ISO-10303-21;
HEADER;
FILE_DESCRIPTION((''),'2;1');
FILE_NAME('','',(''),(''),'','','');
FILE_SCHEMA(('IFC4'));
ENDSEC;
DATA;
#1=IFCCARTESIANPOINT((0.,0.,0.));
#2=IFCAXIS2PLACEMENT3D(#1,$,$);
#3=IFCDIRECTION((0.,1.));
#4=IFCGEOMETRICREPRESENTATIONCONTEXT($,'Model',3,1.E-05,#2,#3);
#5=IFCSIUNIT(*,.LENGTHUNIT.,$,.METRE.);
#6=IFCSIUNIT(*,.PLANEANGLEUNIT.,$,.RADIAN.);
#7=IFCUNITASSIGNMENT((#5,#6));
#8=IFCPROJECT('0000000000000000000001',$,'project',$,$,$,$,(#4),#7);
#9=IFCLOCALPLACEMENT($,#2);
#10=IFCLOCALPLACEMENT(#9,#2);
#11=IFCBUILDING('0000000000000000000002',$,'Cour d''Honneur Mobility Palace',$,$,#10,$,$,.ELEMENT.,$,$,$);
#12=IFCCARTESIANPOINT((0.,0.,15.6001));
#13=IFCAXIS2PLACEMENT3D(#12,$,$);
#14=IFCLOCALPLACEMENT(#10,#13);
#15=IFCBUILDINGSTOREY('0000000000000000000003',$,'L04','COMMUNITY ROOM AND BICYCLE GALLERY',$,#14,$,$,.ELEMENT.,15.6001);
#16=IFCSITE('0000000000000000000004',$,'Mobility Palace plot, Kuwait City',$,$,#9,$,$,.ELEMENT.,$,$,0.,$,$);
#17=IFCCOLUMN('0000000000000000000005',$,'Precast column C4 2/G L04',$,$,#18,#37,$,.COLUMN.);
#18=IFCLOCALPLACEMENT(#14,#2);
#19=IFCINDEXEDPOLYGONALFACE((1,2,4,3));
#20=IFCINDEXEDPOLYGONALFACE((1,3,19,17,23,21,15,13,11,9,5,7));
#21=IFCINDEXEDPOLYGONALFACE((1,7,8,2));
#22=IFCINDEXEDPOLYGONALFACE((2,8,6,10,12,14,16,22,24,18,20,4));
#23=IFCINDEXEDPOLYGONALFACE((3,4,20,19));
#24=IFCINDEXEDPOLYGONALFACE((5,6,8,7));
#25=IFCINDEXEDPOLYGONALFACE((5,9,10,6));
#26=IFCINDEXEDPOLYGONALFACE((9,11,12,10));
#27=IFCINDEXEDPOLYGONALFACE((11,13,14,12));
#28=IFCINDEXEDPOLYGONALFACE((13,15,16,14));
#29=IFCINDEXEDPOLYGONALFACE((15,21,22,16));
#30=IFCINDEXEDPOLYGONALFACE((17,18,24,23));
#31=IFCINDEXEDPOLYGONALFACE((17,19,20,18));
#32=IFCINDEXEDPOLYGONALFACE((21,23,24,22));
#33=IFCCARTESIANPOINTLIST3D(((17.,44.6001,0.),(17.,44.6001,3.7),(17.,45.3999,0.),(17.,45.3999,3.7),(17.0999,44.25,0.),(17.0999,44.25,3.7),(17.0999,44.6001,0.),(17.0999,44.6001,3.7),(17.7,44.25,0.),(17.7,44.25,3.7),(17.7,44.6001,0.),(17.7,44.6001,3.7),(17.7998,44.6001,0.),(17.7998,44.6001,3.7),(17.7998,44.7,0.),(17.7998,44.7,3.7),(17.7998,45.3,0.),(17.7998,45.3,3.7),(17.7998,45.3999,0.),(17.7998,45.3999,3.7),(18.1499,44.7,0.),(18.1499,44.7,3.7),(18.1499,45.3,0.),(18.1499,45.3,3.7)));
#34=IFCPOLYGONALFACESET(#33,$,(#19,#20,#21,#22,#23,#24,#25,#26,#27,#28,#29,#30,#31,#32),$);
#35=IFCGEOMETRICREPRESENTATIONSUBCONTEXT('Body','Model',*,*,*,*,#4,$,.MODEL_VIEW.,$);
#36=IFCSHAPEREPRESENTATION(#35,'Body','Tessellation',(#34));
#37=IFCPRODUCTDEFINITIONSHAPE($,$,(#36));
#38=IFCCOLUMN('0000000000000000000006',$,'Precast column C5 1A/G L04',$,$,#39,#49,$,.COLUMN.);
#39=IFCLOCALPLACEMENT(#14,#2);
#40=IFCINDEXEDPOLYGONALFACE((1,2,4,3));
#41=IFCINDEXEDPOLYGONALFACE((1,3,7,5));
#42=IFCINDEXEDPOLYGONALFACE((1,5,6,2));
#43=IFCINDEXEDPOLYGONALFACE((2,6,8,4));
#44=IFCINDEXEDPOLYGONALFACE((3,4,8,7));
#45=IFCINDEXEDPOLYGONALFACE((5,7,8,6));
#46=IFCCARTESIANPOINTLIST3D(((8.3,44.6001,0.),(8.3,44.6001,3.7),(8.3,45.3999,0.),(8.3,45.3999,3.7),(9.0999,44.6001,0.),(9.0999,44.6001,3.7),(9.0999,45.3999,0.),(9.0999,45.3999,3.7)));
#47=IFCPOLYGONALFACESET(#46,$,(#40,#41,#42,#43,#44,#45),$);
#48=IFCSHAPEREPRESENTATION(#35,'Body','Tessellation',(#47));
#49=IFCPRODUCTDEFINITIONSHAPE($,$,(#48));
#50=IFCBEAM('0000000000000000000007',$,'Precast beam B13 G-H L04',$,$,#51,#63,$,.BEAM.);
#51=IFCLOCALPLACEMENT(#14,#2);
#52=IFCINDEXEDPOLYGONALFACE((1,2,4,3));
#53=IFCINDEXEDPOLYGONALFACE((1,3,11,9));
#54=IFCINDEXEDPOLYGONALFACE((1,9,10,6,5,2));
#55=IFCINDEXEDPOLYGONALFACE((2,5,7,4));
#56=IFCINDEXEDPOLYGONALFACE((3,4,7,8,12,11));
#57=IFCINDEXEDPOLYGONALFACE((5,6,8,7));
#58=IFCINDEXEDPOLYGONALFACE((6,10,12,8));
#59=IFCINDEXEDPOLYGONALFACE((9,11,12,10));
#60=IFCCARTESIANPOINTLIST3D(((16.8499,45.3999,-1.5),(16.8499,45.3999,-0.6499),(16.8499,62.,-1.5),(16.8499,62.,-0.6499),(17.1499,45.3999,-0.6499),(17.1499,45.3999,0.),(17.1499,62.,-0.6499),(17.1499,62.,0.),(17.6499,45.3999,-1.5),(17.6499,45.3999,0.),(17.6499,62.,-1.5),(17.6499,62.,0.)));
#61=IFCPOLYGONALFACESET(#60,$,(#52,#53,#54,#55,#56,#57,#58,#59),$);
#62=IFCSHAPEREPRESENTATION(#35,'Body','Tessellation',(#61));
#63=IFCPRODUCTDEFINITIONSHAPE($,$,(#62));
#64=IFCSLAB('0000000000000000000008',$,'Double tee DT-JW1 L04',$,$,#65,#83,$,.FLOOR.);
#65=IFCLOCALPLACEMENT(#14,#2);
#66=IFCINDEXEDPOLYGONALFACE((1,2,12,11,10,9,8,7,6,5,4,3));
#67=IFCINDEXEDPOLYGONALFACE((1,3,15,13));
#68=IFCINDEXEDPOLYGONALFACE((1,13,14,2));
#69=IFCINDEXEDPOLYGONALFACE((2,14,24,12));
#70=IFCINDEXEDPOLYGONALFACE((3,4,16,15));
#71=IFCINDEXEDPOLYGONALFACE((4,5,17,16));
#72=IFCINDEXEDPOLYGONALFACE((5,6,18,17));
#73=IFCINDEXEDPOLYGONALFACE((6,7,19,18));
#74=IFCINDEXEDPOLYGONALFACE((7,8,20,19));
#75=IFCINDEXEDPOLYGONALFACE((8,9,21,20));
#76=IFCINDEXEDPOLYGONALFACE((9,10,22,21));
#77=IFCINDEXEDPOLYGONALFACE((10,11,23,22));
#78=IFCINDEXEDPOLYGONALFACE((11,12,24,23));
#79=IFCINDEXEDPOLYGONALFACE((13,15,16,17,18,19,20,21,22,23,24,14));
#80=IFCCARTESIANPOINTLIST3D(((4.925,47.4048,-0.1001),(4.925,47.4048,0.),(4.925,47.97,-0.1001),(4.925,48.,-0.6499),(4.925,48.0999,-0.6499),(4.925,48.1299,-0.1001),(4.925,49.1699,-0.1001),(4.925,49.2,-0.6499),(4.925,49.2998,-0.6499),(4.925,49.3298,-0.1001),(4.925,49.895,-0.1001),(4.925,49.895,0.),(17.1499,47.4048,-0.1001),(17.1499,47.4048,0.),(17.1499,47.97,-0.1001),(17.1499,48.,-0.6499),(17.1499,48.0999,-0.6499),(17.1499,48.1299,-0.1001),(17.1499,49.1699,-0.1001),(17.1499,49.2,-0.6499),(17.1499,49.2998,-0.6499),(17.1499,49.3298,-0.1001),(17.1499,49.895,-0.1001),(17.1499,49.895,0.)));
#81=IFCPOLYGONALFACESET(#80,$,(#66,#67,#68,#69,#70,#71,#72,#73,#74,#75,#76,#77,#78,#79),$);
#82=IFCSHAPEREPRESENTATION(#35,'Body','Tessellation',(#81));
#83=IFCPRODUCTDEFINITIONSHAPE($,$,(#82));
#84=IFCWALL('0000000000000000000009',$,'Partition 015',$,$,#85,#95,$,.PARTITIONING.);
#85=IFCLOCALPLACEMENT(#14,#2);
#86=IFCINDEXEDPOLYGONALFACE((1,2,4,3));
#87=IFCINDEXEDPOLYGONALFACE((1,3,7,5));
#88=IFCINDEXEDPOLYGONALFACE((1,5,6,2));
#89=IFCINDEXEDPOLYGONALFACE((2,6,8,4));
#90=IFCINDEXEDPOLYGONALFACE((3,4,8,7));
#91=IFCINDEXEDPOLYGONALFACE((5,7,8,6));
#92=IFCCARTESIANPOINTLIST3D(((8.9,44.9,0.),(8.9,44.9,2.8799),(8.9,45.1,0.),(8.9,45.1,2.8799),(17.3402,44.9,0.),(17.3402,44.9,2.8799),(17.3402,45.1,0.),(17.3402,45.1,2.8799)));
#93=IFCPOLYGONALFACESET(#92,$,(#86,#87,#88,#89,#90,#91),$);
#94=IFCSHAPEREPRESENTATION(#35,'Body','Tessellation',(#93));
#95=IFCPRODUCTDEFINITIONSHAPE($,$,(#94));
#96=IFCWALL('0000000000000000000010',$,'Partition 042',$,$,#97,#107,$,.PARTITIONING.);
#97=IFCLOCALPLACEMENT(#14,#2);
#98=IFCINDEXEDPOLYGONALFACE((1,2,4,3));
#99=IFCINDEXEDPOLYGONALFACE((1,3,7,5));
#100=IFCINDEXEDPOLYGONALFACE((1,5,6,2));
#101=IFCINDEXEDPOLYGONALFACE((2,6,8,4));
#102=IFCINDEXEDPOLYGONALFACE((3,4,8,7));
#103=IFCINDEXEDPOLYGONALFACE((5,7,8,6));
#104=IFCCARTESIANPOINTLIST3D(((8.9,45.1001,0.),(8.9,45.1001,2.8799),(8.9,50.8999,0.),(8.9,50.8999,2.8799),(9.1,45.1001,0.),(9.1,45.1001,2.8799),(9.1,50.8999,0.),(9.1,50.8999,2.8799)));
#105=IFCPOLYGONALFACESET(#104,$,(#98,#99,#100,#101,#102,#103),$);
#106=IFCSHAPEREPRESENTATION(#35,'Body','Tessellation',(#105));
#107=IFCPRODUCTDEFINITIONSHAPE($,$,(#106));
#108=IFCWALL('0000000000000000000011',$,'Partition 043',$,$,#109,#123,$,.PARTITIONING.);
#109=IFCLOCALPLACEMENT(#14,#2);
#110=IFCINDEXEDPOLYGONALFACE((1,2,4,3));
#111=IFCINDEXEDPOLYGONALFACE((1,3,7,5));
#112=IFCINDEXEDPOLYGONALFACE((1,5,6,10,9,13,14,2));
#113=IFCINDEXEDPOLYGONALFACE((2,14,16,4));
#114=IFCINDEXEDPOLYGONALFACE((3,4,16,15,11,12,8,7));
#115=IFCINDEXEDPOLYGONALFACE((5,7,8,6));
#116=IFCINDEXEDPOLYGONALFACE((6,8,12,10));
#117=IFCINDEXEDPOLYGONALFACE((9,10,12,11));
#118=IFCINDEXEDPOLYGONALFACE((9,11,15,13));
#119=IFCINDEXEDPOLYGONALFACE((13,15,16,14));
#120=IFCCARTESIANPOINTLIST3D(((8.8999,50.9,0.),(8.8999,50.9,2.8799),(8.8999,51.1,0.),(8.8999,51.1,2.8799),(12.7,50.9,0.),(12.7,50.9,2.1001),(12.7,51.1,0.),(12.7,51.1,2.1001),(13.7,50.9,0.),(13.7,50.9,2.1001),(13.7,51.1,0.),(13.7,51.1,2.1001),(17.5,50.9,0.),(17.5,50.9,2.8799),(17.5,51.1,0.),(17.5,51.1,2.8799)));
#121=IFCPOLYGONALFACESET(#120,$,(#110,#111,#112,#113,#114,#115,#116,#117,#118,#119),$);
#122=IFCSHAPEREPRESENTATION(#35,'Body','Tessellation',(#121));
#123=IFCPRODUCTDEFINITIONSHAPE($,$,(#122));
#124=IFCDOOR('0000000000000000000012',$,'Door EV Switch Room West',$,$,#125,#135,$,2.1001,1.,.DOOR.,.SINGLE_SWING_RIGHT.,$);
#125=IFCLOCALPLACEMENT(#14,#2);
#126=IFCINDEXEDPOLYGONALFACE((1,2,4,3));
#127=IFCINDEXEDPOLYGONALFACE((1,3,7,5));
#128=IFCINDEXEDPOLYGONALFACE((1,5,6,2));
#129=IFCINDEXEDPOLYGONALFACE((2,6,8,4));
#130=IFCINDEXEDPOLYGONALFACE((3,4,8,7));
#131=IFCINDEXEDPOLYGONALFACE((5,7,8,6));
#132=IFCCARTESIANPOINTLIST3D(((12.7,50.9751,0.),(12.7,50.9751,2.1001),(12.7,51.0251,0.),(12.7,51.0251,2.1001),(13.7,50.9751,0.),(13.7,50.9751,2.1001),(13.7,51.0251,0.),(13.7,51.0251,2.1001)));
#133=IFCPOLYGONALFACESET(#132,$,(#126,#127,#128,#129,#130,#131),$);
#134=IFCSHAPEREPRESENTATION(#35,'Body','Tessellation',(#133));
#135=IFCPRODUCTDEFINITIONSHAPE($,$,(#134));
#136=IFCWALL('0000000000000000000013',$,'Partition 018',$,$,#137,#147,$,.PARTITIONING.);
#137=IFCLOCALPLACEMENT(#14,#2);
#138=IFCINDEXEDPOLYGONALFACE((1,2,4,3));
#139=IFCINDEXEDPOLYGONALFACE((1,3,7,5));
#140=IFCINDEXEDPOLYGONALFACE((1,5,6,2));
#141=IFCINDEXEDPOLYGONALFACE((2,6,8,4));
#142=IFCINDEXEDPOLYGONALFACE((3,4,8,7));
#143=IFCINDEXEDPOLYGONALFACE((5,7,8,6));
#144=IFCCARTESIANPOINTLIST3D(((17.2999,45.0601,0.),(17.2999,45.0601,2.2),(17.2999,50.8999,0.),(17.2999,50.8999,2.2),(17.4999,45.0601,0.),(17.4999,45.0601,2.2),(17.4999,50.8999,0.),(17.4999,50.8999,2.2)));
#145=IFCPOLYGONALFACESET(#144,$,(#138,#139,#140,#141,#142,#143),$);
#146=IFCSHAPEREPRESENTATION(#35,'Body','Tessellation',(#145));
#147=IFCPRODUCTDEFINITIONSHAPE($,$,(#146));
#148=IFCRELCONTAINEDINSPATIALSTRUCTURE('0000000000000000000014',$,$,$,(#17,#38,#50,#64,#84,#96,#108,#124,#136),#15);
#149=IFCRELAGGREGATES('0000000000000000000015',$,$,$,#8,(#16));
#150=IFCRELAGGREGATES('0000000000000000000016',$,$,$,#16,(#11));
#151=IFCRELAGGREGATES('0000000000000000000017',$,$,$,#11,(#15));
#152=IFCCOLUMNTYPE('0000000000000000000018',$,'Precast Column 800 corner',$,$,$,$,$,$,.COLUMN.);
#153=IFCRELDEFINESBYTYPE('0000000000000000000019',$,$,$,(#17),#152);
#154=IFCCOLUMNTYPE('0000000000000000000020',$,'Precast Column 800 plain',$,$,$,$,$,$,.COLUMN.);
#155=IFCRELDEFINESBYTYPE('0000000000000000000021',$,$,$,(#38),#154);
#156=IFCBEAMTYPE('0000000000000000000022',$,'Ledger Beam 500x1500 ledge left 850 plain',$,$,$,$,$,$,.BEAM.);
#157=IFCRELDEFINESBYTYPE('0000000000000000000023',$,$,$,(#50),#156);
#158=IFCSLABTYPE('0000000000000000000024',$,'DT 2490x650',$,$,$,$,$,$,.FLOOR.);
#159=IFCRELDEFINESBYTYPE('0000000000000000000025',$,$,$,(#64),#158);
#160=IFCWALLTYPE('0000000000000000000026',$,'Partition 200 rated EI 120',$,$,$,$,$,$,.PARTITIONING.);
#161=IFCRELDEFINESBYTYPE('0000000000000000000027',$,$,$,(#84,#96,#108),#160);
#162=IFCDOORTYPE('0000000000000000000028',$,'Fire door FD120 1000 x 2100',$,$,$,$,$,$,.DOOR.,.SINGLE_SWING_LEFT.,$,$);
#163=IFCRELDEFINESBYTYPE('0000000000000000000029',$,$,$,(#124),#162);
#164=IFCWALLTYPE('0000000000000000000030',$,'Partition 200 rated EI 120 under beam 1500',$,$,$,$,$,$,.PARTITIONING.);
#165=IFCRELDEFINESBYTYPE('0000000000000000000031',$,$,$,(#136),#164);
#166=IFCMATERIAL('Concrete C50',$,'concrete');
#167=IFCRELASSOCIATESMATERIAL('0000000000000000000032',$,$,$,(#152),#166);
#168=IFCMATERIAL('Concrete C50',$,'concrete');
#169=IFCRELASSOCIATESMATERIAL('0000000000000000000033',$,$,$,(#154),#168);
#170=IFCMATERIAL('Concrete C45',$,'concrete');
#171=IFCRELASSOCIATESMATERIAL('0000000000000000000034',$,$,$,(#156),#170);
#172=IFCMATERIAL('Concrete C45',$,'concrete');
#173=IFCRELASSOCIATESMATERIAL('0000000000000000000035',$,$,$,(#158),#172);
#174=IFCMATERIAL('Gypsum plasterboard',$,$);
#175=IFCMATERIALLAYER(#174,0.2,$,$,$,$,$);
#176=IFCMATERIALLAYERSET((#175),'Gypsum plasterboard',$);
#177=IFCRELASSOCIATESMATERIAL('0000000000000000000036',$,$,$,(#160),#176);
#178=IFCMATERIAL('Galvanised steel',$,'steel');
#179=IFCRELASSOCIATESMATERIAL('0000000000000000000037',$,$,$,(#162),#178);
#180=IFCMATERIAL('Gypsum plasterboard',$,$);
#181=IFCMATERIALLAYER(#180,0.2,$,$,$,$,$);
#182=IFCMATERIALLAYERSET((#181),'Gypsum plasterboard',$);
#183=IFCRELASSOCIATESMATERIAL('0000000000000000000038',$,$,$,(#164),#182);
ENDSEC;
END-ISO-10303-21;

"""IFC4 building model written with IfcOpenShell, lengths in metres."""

from ifc_helpers import new_model, si_unit, direction, frame, frame_2d, origin, place, context, subcontext, project, spatial, polyline, rectangle, outline, extrude, material, layer, layer_set, material_profile, profile_set, type_object, element, fill, save


model = new_model("IFC4")

# Units and contexts
model_context = context("Model", 3, precision=1e-05, world=origin(), true_north=direction((0.0, 1.0)))
body_context = subcontext(model_context, "Body", "Model", "MODEL_VIEW")
ifc_project = project(units=[si_unit("LENGTHUNIT", "METRE"), si_unit("PLANEANGLEUNIT", "RADIAN")], contexts=[model_context])

# Site, building, storey
site_placement = place(None, origin())
site = spatial("IfcSite", under=ifc_project, at=site_placement, Name="Mobility Palace plot, Kuwait City", CompositionType="ELEMENT", RefElevation=0.0)
building_placement = place(site_placement, origin())
building = spatial("IfcBuilding", under=site, at=building_placement, Name="Cour d'Honneur Mobility Palace", CompositionType="ELEMENT")
storey_placement = place(building_placement, frame((0.0, 0.0, 15.6001)))
storey = spatial("IfcBuildingStorey", under=building, at=storey_placement, Name="L04", Description="COMMUNITY ROOM AND BICYCLE GALLERY", CompositionType="ELEMENT", Elevation=15.6001)

# Columns
ifc_material_1 = material(Name="Concrete C50", Category="concrete")
ifc_material_profile_1 = material_profile(ifc_material_1, outline(polyline([(-0.3999, -0.3999), (0.3999, -0.3999), (0.3999, -0.3), (0.75, -0.3), (0.75, 0.3), (0.3999, 0.3), (0.3999, 0.3999), (0.3, 0.3999), (0.3, 0.75), (-0.3, 0.75), (-0.3, 0.3999), (-0.3999, 0.3999), (-0.3999, -0.3999)])), Name="PC C800 corner")
ifc_profile_set_1 = profile_set([ifc_material_profile_1], Name="Concrete C50")
column_type_1 = type_object("IfcColumnType", Name="Precast Column 800 corner", PredefinedType="COLUMN", material=ifc_profile_set_1)
column_1_placement = place(storey_placement, frame((17.3999, 45.0, 0.0), z_axis=(0.0, 0.0, 1.0), x_axis=(0.0, -1.0, 0.0)))
element("IfcColumn", 1, at=column_1_placement, inside=storey, type_object=column_type_1, Name="Precast column C4 2/G L04", PredefinedType="COLUMN", context=body_context, shape_type="SweptSolid", body=[
    extrude(outline(polyline([(-0.3999, -0.3999), (0.3999, -0.3999), (0.3999, -0.3), (0.75, -0.3), (0.75, 0.3), (0.3999, 0.3), (0.3999, 0.3999), (0.3, 0.3999), (0.3, 0.75), (-0.3, 0.75), (-0.3, 0.3999), (-0.3999, 0.3999), (-0.3999, -0.3999)])), origin(), (0.0, 0.0, 1.0), 3.7),
])
ifc_material_2 = material(Name="Concrete C50", Category="concrete")
ifc_material_profile_2 = material_profile(ifc_material_2, outline(polyline([(-0.3999, -0.3999), (0.3999, -0.3999), (0.3999, 0.3999), (-0.3999, 0.3999), (-0.3999, -0.3999)])), Name="PC C800 plain")
ifc_profile_set_2 = profile_set([ifc_material_profile_2], Name="Concrete C50")
column_type_2 = type_object("IfcColumnType", Name="Precast Column 800 plain", PredefinedType="COLUMN", material=ifc_profile_set_2)
column_2_placement = place(storey_placement, frame((8.7, 45.0, 0.0), z_axis=(0.0, 0.0, 1.0), x_axis=(1.0, 0.0, 0.0)))
element("IfcColumn", 2, at=column_2_placement, inside=storey, type_object=column_type_2, Name="Precast column C5 1A/G L04", PredefinedType="COLUMN", context=body_context, shape_type="SweptSolid", body=[
    extrude(outline(polyline([(-0.3999, -0.3999), (0.3999, -0.3999), (0.3999, 0.3999), (-0.3999, 0.3999), (-0.3999, -0.3999)])), origin(), (0.0, 0.0, 1.0), 3.7),
])

# Beam
ifc_material_3 = material(Name="Concrete C45", Category="concrete")
ifc_material_profile_3 = material_profile(ifc_material_3, outline(polyline([(0.55, -1.5), (0.55, -0.6499), (0.25, -0.6499), (0.25, 0.0), (-0.25, 0.0), (-0.25, -1.5), (0.55, -1.5)])), Name="Ledger Beam 500x1500 ledge left 850 plain")
ifc_profile_set_3 = profile_set([ifc_material_profile_3], Name="Concrete C45")
beam_type = type_object("IfcBeamType", Name="Ledger Beam 500x1500 ledge left 850 plain", PredefinedType="BEAM", material=ifc_profile_set_3)
beam_placement = place(storey_placement, frame((17.3999, 45.3999, 0.0), z_axis=(0.0, 1.0, 0.0), x_axis=(-1.0, 0.0, 0.0)))
element("IfcBeam", 3, at=beam_placement, inside=storey, type_object=beam_type, Name="Precast beam B13 G-H L04", PredefinedType="BEAM", context=body_context, shape_type="SweptSolid", body=[
    extrude(outline(polyline([(0.55, -1.5), (0.55, -0.6499), (0.25, -0.6499), (0.25, 0.0), (-0.25, 0.0), (-0.25, -1.5), (0.55, -1.5)])), origin(), (0.0, 0.0, 1.0), 16.6001),
])

# Slab
ifc_material_4 = material(Name="Concrete C45", Category="concrete")
ifc_material_profile_4 = material_profile(ifc_material_4, outline(polyline([(-1.2451, 0.0), (1.2451, 0.0), (1.2451, -0.1001), (0.6799, -0.1001), (0.6499, -0.6499), (0.55, -0.6499), (0.52, -0.1001), (-0.52, -0.1001), (-0.55, -0.6499), (-0.6499, -0.6499), (-0.6799, -0.1001), (-1.2451, -0.1001), (-1.2451, 0.0)])), Name="DT 2490x650")
ifc_profile_set_4 = profile_set([ifc_material_profile_4], Name="Concrete C45")
slab_type = type_object("IfcSlabType", Name="DT 2490x650", PredefinedType="FLOOR", material=ifc_profile_set_4)
slab_placement = place(storey_placement, frame((4.925, 48.6499, 0.0), z_axis=(1.0, 0.0, 0.0), x_axis=(0.0, 1.0, 0.0)))
element("IfcSlab", 4, at=slab_placement, inside=storey, type_object=slab_type, Name="Double tee DT-JW1 L04", PredefinedType="FLOOR", context=body_context, shape_type="SweptSolid", body=[
    extrude(outline(polyline([(-1.2451, 0.0), (1.2451, 0.0), (1.2451, -0.1001), (0.6799, -0.1001), (0.6499, -0.6499), (0.55, -0.6499), (0.52, -0.1001), (-0.52, -0.1001), (-0.55, -0.6499), (-0.6499, -0.6499), (-0.6799, -0.1001), (-1.2451, -0.1001), (-1.2451, 0.0)])), origin(), (0.0, 0.0, 1.0), 12.2249),
])

# Walls
ifc_material_5 = material(Name="Gypsum plasterboard")
ifc_layer_1 = layer(ifc_material_5, 0.2)
ifc_layer_set_1 = layer_set([ifc_layer_1], Name="Gypsum plasterboard")
wall_type_1 = type_object("IfcWallType", Name="Partition 200 rated EI 120", PredefinedType="PARTITIONING", material=ifc_layer_set_1)
wall_1_placement = place(storey_placement, frame((8.8999, 45.0, 0.0), z_axis=(0.0, 0.0, 1.0), x_axis=(1.0, 0.0, 0.0)))
element("IfcWall", 5, at=wall_1_placement, inside=storey, type_object=wall_type_1, Name="Partition 015", PredefinedType="PARTITIONING", context=body_context, shape_type="SweptSolid", body=[
    extrude(rectangle(XDim=8.4402, YDim=0.2, at=frame_2d((4.2202, 0.0))), origin(), (0.0, 0.0, 1.0), 2.8799),
])
wall_2_placement = place(storey_placement, frame((9.0, 50.8999, 0.0), z_axis=(0.0, 0.0, 1.0), x_axis=(0.0, -1.0, 0.0)))
element("IfcWall", 6, at=wall_2_placement, inside=storey, type_object=wall_type_1, Name="Partition 042", PredefinedType="PARTITIONING", context=body_context, shape_type="SweptSolid", body=[
    extrude(rectangle(XDim=5.7998, YDim=0.2, at=frame_2d((2.8999, 0.0))), origin(), (0.0, 0.0, 1.0), 2.8799),
])

# Wall, opening, door
wall_3_placement = place(storey_placement, frame((17.5, 51.0, 0.0), z_axis=(0.0, 0.0, 1.0), x_axis=(-1.0, 0.0, 0.0)))
wall_3 = element("IfcWall", 7, at=wall_3_placement, inside=storey, type_object=wall_type_1, Name="Partition 043", PredefinedType="PARTITIONING", context=body_context, shape_type="SweptSolid", body=[
    extrude(rectangle(XDim=8.6001, YDim=0.2, at=frame_2d((4.3, 0.0))), origin(), (0.0, 0.0, 1.0), 2.8799),
])
opening_1_placement = place(wall_3_placement, frame((3.8, 0.0, 0.0)))
opening_1 = element("IfcOpeningElement", 8, at=opening_1_placement, cuts=wall_3, PredefinedType="OPENING", context=body_context, shape_type="SweptSolid", body=[
    extrude(rectangle(XDim=1.0, YDim=2.1001, at=frame_2d((0.5, 1.05))), frame((0.0, 0.1099, 0.0), z_axis=(0.0, -1.0, 0.0), x_axis=(1.0, 0.0, 0.0)), (0.0, 0.0, 1.0), 0.22),
])
ifc_material_6 = material(Name="Galvanised steel", Category="steel")
door_type_1 = type_object("IfcDoorType", Name="Fire door FD120 1000 x 2100", OperationType="SINGLE_SWING_LEFT", PredefinedType="DOOR", material=ifc_material_6)
door_1_placement = place(opening_1_placement, origin())
door_1 = element("IfcDoor", 9, at=door_1_placement, inside=storey, type_object=door_type_1, Name="Door EV Switch Room West", OperationType="SINGLE_SWING_RIGHT", OverallHeight=2.1001, OverallWidth=1.0, PredefinedType="DOOR", context=body_context, shape_type="SweptSolid", body=[
    extrude(rectangle(XDim=1.0, YDim=2.1001, at=frame_2d((0.5, 1.05))), frame((0.0, 0.0249, 0.0), z_axis=(0.0, -1.0, 0.0), x_axis=(1.0, 0.0, 0.0)), (0.0, 0.0, 1.0), 0.05),
])
fill(opening_1, door_1)

# Wall
ifc_material_7 = material(Name="Gypsum plasterboard")
ifc_layer_2 = layer(ifc_material_7, 0.2)
ifc_layer_set_2 = layer_set([ifc_layer_2], Name="Gypsum plasterboard")
wall_type_2 = type_object("IfcWallType", Name="Partition 200 rated EI 120 under beam 1500", PredefinedType="PARTITIONING", material=ifc_layer_set_2)
wall_4_placement = place(storey_placement, frame((17.3999, 45.0601, 0.0), z_axis=(0.0, 0.0, 1.0), x_axis=(0.0, 1.0, 0.0)))
element("IfcWall", 10, at=wall_4_placement, inside=storey, type_object=wall_type_2, Name="Partition 018", PredefinedType="PARTITIONING", context=body_context, shape_type="SweptSolid", body=[
    extrude(rectangle(XDim=5.8398, YDim=0.2, at=frame_2d((2.9199, 0.0))), origin(), (0.0, 0.0, 1.0), 2.2),
])

save(model, "model.ifc")
